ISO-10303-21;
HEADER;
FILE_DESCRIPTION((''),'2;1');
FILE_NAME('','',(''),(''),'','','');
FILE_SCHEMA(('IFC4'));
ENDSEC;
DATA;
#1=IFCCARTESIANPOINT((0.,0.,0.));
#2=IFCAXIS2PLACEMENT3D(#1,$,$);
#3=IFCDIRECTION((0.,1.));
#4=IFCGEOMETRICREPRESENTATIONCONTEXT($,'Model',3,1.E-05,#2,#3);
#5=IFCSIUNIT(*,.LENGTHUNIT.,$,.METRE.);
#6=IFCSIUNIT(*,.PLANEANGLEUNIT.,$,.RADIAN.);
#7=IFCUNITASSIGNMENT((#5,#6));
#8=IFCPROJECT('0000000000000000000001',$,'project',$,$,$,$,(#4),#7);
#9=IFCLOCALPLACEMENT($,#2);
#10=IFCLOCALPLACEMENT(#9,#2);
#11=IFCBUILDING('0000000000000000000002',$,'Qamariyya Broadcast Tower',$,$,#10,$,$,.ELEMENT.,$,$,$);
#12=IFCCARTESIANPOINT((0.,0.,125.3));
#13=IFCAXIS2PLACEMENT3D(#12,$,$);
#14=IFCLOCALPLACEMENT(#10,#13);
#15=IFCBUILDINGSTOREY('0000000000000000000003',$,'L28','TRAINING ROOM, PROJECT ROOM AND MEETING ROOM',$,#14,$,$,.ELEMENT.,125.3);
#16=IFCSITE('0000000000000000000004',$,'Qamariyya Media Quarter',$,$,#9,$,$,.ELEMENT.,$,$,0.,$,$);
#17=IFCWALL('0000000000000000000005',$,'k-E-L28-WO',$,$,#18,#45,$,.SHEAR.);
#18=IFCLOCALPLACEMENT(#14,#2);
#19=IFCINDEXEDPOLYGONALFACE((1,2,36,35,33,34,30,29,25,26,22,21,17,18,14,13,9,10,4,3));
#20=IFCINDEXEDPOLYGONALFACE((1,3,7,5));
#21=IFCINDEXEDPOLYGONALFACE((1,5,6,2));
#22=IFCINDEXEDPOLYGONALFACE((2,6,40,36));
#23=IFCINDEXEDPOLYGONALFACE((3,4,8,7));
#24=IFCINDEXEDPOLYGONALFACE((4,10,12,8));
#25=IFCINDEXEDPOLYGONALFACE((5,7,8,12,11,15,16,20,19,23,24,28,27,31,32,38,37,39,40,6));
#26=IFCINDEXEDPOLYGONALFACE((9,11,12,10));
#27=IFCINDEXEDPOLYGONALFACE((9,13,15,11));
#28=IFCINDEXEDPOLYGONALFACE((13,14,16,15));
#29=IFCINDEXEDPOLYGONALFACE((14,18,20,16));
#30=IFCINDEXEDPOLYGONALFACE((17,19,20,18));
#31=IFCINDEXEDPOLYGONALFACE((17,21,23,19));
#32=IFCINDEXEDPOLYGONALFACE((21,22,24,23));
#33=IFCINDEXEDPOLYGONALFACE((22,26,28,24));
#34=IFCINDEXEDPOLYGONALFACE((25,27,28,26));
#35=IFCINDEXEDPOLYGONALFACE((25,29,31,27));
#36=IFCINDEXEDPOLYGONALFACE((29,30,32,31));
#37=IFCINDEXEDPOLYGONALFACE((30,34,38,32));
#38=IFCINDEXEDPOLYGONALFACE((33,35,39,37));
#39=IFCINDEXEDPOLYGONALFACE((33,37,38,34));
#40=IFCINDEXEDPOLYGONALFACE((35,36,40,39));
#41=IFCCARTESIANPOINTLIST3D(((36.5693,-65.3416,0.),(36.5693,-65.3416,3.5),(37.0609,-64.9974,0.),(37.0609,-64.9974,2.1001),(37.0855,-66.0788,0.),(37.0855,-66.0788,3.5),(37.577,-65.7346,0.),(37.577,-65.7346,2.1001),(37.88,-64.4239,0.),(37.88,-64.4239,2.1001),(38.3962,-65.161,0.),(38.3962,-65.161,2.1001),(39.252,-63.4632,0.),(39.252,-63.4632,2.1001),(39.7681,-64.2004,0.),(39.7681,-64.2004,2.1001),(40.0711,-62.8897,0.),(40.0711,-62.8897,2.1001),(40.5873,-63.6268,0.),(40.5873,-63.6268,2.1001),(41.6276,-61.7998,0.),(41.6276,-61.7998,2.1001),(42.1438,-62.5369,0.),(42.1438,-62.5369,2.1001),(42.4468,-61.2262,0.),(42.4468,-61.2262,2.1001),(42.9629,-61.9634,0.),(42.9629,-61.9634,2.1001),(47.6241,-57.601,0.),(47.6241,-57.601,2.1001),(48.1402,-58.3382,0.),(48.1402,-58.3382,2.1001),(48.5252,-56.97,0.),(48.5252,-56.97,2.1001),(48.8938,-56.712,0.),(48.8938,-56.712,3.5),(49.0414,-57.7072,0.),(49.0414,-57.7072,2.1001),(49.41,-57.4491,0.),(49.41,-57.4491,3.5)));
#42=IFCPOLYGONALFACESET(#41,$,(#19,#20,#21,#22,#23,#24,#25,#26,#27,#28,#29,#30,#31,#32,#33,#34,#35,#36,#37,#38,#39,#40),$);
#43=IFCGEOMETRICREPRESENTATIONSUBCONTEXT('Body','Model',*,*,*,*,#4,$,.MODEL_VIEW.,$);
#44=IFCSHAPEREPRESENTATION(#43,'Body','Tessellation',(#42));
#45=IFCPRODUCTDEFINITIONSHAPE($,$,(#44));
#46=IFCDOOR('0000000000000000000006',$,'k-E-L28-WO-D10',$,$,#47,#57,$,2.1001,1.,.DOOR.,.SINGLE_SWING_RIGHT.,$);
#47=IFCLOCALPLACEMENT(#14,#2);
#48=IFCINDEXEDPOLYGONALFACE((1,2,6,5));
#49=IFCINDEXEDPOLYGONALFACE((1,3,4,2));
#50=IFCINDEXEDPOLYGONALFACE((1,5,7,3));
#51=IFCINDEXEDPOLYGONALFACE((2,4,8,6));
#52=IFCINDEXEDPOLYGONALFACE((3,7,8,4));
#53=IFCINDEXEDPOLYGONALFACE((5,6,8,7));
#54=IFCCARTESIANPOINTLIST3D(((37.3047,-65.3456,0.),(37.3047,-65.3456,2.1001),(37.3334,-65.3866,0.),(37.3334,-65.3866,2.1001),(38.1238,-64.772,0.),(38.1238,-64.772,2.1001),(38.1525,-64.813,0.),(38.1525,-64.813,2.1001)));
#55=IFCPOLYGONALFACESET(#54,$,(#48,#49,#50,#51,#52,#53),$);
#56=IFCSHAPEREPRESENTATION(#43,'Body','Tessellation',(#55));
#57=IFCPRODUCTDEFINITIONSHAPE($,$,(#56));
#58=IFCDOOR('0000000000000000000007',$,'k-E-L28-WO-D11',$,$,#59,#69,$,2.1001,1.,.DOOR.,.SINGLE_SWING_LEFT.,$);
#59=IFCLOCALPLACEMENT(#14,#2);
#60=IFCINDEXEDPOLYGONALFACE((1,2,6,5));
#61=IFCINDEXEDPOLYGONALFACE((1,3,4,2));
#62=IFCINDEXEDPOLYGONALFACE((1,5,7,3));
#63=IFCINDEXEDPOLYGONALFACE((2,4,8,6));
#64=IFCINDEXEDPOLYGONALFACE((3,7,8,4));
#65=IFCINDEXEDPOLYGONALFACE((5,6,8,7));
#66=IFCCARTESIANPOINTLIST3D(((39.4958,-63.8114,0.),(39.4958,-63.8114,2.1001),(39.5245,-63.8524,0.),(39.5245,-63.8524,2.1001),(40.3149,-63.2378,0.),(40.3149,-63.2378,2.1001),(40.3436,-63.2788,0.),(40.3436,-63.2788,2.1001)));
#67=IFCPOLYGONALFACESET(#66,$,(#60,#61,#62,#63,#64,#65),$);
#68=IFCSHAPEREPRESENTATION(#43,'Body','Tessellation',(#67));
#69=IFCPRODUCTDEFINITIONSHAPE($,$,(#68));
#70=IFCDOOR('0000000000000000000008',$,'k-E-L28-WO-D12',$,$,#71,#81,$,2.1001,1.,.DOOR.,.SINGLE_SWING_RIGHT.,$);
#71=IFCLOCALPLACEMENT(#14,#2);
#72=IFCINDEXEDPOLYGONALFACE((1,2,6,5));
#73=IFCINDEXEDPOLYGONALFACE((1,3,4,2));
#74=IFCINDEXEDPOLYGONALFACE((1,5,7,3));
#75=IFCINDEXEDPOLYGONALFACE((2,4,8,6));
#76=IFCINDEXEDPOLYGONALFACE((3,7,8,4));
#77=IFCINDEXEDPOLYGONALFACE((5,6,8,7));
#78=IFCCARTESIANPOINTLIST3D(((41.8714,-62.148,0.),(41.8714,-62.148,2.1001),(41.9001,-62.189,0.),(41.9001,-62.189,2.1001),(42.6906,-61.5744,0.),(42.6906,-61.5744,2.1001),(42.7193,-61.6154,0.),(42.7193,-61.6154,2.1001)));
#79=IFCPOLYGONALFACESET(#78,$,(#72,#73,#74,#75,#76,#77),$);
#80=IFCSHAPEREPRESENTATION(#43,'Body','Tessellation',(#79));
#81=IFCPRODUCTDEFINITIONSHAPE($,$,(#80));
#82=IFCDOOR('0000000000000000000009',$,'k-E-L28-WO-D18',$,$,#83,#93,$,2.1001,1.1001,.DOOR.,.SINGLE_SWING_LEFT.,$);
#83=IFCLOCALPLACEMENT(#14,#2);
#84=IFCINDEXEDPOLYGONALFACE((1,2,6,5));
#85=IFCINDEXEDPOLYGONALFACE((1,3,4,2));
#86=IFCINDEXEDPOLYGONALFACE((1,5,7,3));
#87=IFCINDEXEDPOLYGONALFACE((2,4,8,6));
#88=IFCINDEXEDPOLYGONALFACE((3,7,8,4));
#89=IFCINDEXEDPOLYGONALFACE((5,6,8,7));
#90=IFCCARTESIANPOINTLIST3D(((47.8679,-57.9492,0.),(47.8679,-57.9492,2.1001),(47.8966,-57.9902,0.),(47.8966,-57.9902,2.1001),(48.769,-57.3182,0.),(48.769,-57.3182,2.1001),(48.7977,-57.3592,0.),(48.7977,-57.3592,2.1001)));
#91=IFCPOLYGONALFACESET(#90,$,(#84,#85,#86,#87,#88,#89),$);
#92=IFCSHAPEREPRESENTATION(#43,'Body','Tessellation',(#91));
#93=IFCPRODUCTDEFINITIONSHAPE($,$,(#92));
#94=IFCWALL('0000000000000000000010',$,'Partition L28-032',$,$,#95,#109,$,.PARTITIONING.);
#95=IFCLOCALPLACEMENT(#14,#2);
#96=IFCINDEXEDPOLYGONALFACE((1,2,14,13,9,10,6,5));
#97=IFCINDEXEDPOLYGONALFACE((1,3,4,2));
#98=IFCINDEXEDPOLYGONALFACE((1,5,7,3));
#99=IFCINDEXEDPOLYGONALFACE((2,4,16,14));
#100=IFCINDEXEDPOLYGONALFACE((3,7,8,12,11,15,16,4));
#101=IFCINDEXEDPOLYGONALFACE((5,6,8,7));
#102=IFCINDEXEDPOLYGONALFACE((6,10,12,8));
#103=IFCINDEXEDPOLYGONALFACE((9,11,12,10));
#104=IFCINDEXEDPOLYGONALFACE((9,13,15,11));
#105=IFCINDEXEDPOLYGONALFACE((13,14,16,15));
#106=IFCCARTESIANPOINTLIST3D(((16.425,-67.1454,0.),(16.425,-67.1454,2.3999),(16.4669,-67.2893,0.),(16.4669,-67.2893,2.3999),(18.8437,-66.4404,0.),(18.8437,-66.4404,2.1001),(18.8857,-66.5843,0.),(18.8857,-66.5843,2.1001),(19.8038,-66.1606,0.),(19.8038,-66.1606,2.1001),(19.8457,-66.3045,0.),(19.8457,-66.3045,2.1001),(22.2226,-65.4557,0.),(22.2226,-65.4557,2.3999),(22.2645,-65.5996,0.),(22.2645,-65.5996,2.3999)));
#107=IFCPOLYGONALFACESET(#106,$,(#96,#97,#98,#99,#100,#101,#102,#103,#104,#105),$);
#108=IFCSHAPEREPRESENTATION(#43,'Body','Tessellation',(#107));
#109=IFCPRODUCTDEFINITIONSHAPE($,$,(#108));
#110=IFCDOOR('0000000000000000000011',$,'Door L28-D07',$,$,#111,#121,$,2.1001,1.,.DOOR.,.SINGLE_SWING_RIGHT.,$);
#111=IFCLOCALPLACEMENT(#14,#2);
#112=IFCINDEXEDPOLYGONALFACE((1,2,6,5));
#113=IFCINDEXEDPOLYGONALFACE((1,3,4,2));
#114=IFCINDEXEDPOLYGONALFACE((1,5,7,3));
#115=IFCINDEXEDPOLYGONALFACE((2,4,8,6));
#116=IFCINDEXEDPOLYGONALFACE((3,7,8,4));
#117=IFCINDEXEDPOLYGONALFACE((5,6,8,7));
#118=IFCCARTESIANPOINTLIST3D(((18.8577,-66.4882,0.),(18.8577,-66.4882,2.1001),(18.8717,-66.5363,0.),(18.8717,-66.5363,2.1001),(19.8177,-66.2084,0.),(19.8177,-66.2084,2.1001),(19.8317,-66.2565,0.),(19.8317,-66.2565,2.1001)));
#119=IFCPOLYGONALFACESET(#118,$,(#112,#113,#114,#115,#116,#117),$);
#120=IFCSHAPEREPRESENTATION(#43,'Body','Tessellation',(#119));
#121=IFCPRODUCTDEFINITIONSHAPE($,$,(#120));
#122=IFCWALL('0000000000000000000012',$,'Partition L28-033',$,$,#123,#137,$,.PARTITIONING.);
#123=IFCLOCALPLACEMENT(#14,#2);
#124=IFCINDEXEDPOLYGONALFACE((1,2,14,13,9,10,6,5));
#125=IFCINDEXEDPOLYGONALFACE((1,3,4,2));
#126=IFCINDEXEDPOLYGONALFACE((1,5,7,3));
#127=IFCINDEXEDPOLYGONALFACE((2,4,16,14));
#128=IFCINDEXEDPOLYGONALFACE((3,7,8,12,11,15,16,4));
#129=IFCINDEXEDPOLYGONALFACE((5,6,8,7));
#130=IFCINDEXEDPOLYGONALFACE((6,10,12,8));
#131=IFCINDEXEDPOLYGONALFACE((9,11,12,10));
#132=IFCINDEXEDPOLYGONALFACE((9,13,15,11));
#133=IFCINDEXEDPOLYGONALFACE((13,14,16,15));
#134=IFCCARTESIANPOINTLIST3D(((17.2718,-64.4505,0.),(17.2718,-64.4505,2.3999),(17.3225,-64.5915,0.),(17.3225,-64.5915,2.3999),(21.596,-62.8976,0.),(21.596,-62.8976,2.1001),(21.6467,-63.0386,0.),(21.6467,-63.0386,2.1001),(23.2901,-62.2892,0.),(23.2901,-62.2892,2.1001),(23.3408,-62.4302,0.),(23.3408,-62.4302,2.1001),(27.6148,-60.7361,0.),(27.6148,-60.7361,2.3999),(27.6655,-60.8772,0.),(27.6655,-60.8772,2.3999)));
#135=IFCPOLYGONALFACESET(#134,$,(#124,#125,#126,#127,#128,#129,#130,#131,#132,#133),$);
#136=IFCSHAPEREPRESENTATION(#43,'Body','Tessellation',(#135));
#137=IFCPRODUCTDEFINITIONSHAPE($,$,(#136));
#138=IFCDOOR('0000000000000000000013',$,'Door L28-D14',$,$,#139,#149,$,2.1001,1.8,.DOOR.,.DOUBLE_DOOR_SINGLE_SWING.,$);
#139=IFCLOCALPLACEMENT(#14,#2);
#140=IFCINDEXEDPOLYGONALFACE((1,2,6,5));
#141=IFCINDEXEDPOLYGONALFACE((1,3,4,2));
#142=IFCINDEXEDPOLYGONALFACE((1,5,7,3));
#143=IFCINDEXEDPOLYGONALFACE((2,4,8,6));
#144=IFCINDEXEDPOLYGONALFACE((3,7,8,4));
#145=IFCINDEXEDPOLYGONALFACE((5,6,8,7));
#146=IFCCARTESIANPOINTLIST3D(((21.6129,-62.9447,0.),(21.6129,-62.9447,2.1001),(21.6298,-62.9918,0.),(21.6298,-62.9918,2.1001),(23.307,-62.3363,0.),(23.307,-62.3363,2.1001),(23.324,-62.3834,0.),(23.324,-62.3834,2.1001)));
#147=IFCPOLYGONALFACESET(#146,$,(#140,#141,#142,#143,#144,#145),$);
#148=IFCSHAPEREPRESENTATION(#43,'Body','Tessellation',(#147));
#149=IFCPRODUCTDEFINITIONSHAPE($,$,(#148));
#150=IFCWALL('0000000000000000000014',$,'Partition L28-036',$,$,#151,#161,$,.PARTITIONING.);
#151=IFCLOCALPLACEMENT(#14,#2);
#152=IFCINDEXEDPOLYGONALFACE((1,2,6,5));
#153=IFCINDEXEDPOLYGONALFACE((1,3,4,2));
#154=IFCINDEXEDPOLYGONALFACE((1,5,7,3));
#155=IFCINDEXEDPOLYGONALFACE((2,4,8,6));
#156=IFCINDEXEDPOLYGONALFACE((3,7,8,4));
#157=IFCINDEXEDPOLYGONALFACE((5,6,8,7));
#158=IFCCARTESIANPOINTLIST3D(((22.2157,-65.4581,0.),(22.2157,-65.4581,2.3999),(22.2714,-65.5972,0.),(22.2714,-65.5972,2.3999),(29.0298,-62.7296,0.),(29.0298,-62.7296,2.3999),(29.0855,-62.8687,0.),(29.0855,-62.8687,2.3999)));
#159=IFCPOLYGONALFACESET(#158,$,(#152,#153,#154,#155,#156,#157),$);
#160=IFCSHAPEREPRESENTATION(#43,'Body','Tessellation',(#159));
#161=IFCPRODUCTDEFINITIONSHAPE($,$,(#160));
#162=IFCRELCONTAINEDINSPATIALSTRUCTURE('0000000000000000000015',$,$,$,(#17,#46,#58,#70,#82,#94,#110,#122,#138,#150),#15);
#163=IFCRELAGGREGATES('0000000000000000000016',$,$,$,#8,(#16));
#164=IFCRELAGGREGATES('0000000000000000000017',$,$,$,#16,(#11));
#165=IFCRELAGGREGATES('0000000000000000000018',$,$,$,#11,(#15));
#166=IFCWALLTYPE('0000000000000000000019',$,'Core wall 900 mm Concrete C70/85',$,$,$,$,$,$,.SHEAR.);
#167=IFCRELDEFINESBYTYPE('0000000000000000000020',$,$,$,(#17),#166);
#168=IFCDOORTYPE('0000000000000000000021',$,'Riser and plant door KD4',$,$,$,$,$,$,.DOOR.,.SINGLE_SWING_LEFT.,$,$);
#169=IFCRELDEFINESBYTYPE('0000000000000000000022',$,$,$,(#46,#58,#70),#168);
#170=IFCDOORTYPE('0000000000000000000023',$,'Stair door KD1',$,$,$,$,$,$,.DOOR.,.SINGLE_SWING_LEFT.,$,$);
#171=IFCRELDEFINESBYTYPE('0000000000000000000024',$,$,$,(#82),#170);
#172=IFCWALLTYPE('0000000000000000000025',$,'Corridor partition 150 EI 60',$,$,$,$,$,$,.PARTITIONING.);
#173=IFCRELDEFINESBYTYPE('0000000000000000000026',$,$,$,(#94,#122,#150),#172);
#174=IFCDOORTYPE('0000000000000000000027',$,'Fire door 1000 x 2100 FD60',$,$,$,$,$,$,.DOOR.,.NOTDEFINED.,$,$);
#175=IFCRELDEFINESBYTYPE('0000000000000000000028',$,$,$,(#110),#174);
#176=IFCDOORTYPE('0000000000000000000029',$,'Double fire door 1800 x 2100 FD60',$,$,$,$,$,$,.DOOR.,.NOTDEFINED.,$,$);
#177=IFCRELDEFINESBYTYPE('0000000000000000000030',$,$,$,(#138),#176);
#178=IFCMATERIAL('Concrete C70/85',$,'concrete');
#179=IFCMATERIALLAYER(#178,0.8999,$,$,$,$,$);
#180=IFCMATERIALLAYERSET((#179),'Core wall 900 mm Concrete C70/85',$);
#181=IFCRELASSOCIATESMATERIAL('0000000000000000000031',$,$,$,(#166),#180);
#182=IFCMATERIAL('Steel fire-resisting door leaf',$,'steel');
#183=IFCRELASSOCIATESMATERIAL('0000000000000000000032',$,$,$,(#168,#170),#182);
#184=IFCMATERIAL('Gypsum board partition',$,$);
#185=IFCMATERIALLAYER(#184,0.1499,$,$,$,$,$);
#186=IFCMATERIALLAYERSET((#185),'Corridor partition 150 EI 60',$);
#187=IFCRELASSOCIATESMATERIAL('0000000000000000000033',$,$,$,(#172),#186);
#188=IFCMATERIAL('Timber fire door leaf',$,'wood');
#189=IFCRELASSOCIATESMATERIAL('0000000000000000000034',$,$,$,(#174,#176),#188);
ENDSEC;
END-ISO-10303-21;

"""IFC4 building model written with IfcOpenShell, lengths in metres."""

from ifc_helpers import new_model, si_unit, direction, frame, frame_2d, origin, place, context, subcontext, project, spatial, rectangle, extrude, material, layer, layer_set, type_object, element, fill, save


model = new_model("IFC4")

# Units and contexts
model_context = context("Model", 3, precision=1e-05, world=origin(), true_north=direction((0.0, 1.0)))
body_context = subcontext(model_context, "Body", "Model", "MODEL_VIEW")
ifc_project = project(units=[si_unit("LENGTHUNIT", "METRE"), si_unit("PLANEANGLEUNIT", "RADIAN")], contexts=[model_context])

# Site, building, storey
site_placement = place(None, origin())
site = spatial("IfcSite", under=ifc_project, at=site_placement, Name="Qamariyya Media Quarter", CompositionType="ELEMENT", RefElevation=0.0)
building_placement = place(site_placement, origin())
building = spatial("IfcBuilding", under=site, at=building_placement, Name="Qamariyya Broadcast Tower", CompositionType="ELEMENT")
storey_placement = place(building_placement, frame((0.0, 0.0, 125.3)))
storey = spatial("IfcBuildingStorey", under=building, at=storey_placement, Name="L28", Description="TRAINING ROOM, PROJECT ROOM AND MEETING ROOM", CompositionType="ELEMENT", Elevation=125.3)

# Wall, openings, doors
ifc_material_1 = material(Name="Concrete C70/85", Category="concrete")
ifc_layer_1 = layer(ifc_material_1, 0.8999)
ifc_layer_set_1 = layer_set([ifc_layer_1], Name="Core wall 900 mm Concrete C70/85")
wall_type_1 = type_object("IfcWallType", Name="Core wall 900 mm Concrete C70/85", PredefinedType="SHEAR", material=ifc_layer_set_1)
wall_1_placement = place(storey_placement, frame((36.8274, -65.7102, 0.0), z_axis=(0.0, 0.0, 1.0), x_axis=(0.819153, 0.573575, 0.0)))
wall_1 = element("IfcWall", 1, at=wall_1_placement, inside=storey, type_object=wall_type_1, Name="k-E-L28-WO", PredefinedType="SHEAR", context=body_context, shape_type="SweptSolid", body=[
    extrude(rectangle(XDim=15.0454, YDim=0.8999, at=frame_2d((7.5227, 0.0))), origin(), (0.0, 0.0, 1.0), 3.5),
])
opening_1_placement = place(wall_1_placement, frame((0.6001, 0.0, 0.0)))
opening_1 = element("IfcOpeningElement", 2, at=opening_1_placement, cuts=wall_1, PredefinedType="OPENING", context=body_context, shape_type="SweptSolid", body=[
    extrude(rectangle(XDim=1.0, YDim=2.1001, at=frame_2d((0.5, 1.05))), frame((0.0, 0.46, 0.0), z_axis=(0.0, -1.0, 0.0), x_axis=(1.0, 0.0, 0.0)), (0.0, 0.0, 1.0), 0.9199),
])
opening_2_placement = place(wall_1_placement, frame((3.2749, 0.0, 0.0)))
opening_2 = element("IfcOpeningElement", 3, at=opening_2_placement, cuts=wall_1, PredefinedType="OPENING", context=body_context, shape_type="SweptSolid", body=[
    extrude(rectangle(XDim=1.0, YDim=2.1001, at=frame_2d((0.5, 1.05))), frame((0.0, 0.46, 0.0), z_axis=(0.0, -1.0, 0.0), x_axis=(1.0, 0.0, 0.0)), (0.0, 0.0, 1.0), 0.9199),
])
opening_3_placement = place(wall_1_placement, frame((6.175, 0.0, 0.0)))
opening_3 = element("IfcOpeningElement", 4, at=opening_3_placement, cuts=wall_1, PredefinedType="OPENING", context=body_context, shape_type="SweptSolid", body=[
    extrude(rectangle(XDim=1.0, YDim=2.1001, at=frame_2d((0.5, 1.05))), frame((0.0, 0.46, 0.0), z_axis=(0.0, -1.0, 0.0), x_axis=(1.0, 0.0, 0.0)), (0.0, 0.0, 1.0), 0.9199),
])
opening_4_placement = place(wall_1_placement, frame((13.4954, 0.0, 0.0)))
opening_4 = element("IfcOpeningElement", 5, at=opening_4_placement, cuts=wall_1, PredefinedType="OPENING", context=body_context, shape_type="SweptSolid", body=[
    extrude(rectangle(XDim=1.1001, YDim=2.1001, at=frame_2d((0.55, 1.05))), frame((0.0, 0.46, 0.0), z_axis=(0.0, -1.0, 0.0), x_axis=(1.0, 0.0, 0.0)), (0.0, 0.0, 1.0), 0.9199),
])
ifc_material_2 = material(Name="Steel fire-resisting door leaf", Category="steel")
door_type_1 = type_object("IfcDoorType", Name="Riser and plant door KD4", OperationType="SINGLE_SWING_LEFT", PredefinedType="DOOR", material=ifc_material_2)
door_1_placement = place(opening_1_placement, origin())
door_1 = element("IfcDoor", 6, at=door_1_placement, inside=storey, type_object=door_type_1, Name="k-E-L28-WO-D10", OperationType="SINGLE_SWING_RIGHT", OverallHeight=2.1001, OverallWidth=1.0, PredefinedType="DOOR", context=body_context, shape_type="SweptSolid", body=[
    extrude(rectangle(XDim=1.0, YDim=2.1001, at=frame_2d((0.5, 1.05))), frame((0.0, 0.0249, 0.0), z_axis=(0.0, -1.0, 0.0), x_axis=(1.0, 0.0, 0.0)), (0.0, 0.0, 1.0), 0.05),
])
fill(opening_1, door_1)
door_2_placement = place(opening_2_placement, origin())
door_2 = element("IfcDoor", 7, at=door_2_placement, inside=storey, type_object=door_type_1, Name="k-E-L28-WO-D11", OperationType="SINGLE_SWING_LEFT", OverallHeight=2.1001, OverallWidth=1.0, PredefinedType="DOOR", context=body_context, shape_type="SweptSolid", body=[
    extrude(rectangle(XDim=1.0, YDim=2.1001, at=frame_2d((0.5, 1.05))), frame((0.0, 0.0249, 0.0), z_axis=(0.0, -1.0, 0.0), x_axis=(1.0, 0.0, 0.0)), (0.0, 0.0, 1.0), 0.05),
])
fill(opening_2, door_2)
door_3_placement = place(opening_3_placement, origin())
door_3 = element("IfcDoor", 8, at=door_3_placement, inside=storey, type_object=door_type_1, Name="k-E-L28-WO-D12", OperationType="SINGLE_SWING_RIGHT", OverallHeight=2.1001, OverallWidth=1.0, PredefinedType="DOOR", context=body_context, shape_type="SweptSolid", body=[
    extrude(rectangle(XDim=1.0, YDim=2.1001, at=frame_2d((0.5, 1.05))), frame((0.0, 0.0249, 0.0), z_axis=(0.0, -1.0, 0.0), x_axis=(1.0, 0.0, 0.0)), (0.0, 0.0, 1.0), 0.05),
])
fill(opening_3, door_3)
door_type_2 = type_object("IfcDoorType", Name="Stair door KD1", OperationType="SINGLE_SWING_LEFT", PredefinedType="DOOR", material=ifc_material_2)
door_4_placement = place(opening_4_placement, origin())
door_4 = element("IfcDoor", 9, at=door_4_placement, inside=storey, type_object=door_type_2, Name="k-E-L28-WO-D18", OperationType="SINGLE_SWING_LEFT", OverallHeight=2.1001, OverallWidth=1.1001, PredefinedType="DOOR", context=body_context, shape_type="SweptSolid", body=[
    extrude(rectangle(XDim=1.1001, YDim=2.1001, at=frame_2d((0.55, 1.05))), frame((0.0, 0.0249, 0.0), z_axis=(0.0, -1.0, 0.0), x_axis=(1.0, 0.0, 0.0)), (0.0, 0.0, 1.0), 0.05),
])
fill(opening_4, door_4)

# Walls, openings, doors
ifc_material_3 = material(Name="Gypsum board partition")
ifc_layer_2 = layer(ifc_material_3, 0.1499)
ifc_layer_set_2 = layer_set([ifc_layer_2], Name="Corridor partition 150 EI 60")
wall_type_2 = type_object("IfcWallType", Name="Corridor partition 150 EI 60", PredefinedType="PARTITIONING", material=ifc_layer_set_2)
wall_2_placement = place(storey_placement, frame((22.2437, -65.5276, 0.0), z_axis=(0.0, 0.0, 1.0), x_axis=(-0.960057, -0.279806, 0.0)))
wall_2 = element("IfcWall", 10, at=wall_2_placement, inside=storey, type_object=wall_type_2, Name="Partition L28-032", PredefinedType="PARTITIONING", context=body_context, shape_type="SweptSolid", body=[
    extrude(rectangle(XDim=6.0388, YDim=0.1499, at=frame_2d((3.0195, 0.0))), origin(), (0.0, 0.0, 1.0), 2.3999),
])
opening_5_placement = place(wall_2_placement, frame((2.5195, 0.0, 0.0)))
opening_5 = element("IfcOpeningElement", 11, at=opening_5_placement, cuts=wall_2, PredefinedType="OPENING", context=body_context, shape_type="SweptSolid", body=[
    extrude(rectangle(XDim=1.0, YDim=2.1001, at=frame_2d((0.5, 1.05))), frame((0.0, 0.085, 0.0), z_axis=(0.0, -1.0, 0.0), x_axis=(1.0, 0.0, 0.0)), (0.0, 0.0, 1.0), 0.1699),
])
ifc_material_4 = material(Name="Timber fire door leaf", Category="wood")
door_type_3 = type_object("IfcDoorType", Name="Fire door 1000 x 2100 FD60", OperationType="NOTDEFINED", PredefinedType="DOOR", material=ifc_material_4)
door_5_placement = place(opening_5_placement, origin())
door_5 = element("IfcDoor", 12, at=door_5_placement, inside=storey, type_object=door_type_3, Name="Door L28-D07", OperationType="SINGLE_SWING_RIGHT", OverallHeight=2.1001, OverallWidth=1.0, PredefinedType="DOOR", context=body_context, shape_type="SweptSolid", body=[
    extrude(rectangle(XDim=1.0, YDim=2.1001, at=frame_2d((0.5, 1.05))), frame((0.0, 0.0249, 0.0), z_axis=(0.0, -1.0, 0.0), x_axis=(1.0, 0.0, 0.0)), (0.0, 0.0, 1.0), 0.05),
])
fill(opening_5, door_5)
wall_3_placement = place(storey_placement, frame((17.2971, -64.521, 0.0), z_axis=(0.0, 0.0, 1.0), x_axis=(0.941152, 0.337984, 0.0)))
wall_3 = element("IfcWall", 13, at=wall_3_placement, inside=storey, type_object=wall_type_2, Name="Partition L28-033", PredefinedType="PARTITIONING", context=body_context, shape_type="SweptSolid", body=[
    extrude(rectangle(XDim=10.9897, YDim=0.1499, at=frame_2d((5.4949, 0.0))), origin(), (0.0, 0.0, 1.0), 2.3999),
])
opening_6_placement = place(wall_3_placement, frame((4.5947, 0.0, 0.0)))
opening_6 = element("IfcOpeningElement", 14, at=opening_6_placement, cuts=wall_3, PredefinedType="OPENING", context=body_context, shape_type="SweptSolid", body=[
    extrude(rectangle(XDim=1.8, YDim=2.1001, at=frame_2d((0.8999, 1.05))), frame((0.0, 0.085, 0.0), z_axis=(0.0, -1.0, 0.0), x_axis=(1.0, 0.0, 0.0)), (0.0, 0.0, 1.0), 0.1699),
])
door_type_4 = type_object("IfcDoorType", Name="Double fire door 1800 x 2100 FD60", OperationType="NOTDEFINED", PredefinedType="DOOR", material=ifc_material_4)
door_6_placement = place(opening_6_placement, origin())
door_6 = element("IfcDoor", 15, at=door_6_placement, inside=storey, type_object=door_type_4, Name="Door L28-D14", OperationType="DOUBLE_DOOR_SINGLE_SWING", OverallHeight=2.1001, OverallWidth=1.8, PredefinedType="DOOR", context=body_context, shape_type="SweptSolid", body=[
    extrude(rectangle(XDim=1.8, YDim=2.1001, at=frame_2d((0.8999, 1.05))), frame((0.0, 0.0249, 0.0), z_axis=(0.0, -1.0, 0.0), x_axis=(1.0, 0.0, 0.0)), (0.0, 0.0, 1.0), 0.05),
])
fill(opening_6, door_6)

# Wall
wall_4_placement = place(storey_placement, frame((22.2437, -65.5276, 0.0), z_axis=(0.0, 0.0, 1.0), x_axis=(0.928344, 0.371723, 0.0)))
element("IfcWall", 16, at=wall_4_placement, inside=storey, type_object=wall_type_2, Name="Partition L28-036", PredefinedType="PARTITIONING", context=body_context, shape_type="SweptSolid", body=[
    extrude(rectangle(XDim=7.3401, YDim=0.1499, at=frame_2d((3.6699, 0.0))), origin(), (0.0, 0.0, 1.0), 2.3999),
])

save(model, "model.ifc")
